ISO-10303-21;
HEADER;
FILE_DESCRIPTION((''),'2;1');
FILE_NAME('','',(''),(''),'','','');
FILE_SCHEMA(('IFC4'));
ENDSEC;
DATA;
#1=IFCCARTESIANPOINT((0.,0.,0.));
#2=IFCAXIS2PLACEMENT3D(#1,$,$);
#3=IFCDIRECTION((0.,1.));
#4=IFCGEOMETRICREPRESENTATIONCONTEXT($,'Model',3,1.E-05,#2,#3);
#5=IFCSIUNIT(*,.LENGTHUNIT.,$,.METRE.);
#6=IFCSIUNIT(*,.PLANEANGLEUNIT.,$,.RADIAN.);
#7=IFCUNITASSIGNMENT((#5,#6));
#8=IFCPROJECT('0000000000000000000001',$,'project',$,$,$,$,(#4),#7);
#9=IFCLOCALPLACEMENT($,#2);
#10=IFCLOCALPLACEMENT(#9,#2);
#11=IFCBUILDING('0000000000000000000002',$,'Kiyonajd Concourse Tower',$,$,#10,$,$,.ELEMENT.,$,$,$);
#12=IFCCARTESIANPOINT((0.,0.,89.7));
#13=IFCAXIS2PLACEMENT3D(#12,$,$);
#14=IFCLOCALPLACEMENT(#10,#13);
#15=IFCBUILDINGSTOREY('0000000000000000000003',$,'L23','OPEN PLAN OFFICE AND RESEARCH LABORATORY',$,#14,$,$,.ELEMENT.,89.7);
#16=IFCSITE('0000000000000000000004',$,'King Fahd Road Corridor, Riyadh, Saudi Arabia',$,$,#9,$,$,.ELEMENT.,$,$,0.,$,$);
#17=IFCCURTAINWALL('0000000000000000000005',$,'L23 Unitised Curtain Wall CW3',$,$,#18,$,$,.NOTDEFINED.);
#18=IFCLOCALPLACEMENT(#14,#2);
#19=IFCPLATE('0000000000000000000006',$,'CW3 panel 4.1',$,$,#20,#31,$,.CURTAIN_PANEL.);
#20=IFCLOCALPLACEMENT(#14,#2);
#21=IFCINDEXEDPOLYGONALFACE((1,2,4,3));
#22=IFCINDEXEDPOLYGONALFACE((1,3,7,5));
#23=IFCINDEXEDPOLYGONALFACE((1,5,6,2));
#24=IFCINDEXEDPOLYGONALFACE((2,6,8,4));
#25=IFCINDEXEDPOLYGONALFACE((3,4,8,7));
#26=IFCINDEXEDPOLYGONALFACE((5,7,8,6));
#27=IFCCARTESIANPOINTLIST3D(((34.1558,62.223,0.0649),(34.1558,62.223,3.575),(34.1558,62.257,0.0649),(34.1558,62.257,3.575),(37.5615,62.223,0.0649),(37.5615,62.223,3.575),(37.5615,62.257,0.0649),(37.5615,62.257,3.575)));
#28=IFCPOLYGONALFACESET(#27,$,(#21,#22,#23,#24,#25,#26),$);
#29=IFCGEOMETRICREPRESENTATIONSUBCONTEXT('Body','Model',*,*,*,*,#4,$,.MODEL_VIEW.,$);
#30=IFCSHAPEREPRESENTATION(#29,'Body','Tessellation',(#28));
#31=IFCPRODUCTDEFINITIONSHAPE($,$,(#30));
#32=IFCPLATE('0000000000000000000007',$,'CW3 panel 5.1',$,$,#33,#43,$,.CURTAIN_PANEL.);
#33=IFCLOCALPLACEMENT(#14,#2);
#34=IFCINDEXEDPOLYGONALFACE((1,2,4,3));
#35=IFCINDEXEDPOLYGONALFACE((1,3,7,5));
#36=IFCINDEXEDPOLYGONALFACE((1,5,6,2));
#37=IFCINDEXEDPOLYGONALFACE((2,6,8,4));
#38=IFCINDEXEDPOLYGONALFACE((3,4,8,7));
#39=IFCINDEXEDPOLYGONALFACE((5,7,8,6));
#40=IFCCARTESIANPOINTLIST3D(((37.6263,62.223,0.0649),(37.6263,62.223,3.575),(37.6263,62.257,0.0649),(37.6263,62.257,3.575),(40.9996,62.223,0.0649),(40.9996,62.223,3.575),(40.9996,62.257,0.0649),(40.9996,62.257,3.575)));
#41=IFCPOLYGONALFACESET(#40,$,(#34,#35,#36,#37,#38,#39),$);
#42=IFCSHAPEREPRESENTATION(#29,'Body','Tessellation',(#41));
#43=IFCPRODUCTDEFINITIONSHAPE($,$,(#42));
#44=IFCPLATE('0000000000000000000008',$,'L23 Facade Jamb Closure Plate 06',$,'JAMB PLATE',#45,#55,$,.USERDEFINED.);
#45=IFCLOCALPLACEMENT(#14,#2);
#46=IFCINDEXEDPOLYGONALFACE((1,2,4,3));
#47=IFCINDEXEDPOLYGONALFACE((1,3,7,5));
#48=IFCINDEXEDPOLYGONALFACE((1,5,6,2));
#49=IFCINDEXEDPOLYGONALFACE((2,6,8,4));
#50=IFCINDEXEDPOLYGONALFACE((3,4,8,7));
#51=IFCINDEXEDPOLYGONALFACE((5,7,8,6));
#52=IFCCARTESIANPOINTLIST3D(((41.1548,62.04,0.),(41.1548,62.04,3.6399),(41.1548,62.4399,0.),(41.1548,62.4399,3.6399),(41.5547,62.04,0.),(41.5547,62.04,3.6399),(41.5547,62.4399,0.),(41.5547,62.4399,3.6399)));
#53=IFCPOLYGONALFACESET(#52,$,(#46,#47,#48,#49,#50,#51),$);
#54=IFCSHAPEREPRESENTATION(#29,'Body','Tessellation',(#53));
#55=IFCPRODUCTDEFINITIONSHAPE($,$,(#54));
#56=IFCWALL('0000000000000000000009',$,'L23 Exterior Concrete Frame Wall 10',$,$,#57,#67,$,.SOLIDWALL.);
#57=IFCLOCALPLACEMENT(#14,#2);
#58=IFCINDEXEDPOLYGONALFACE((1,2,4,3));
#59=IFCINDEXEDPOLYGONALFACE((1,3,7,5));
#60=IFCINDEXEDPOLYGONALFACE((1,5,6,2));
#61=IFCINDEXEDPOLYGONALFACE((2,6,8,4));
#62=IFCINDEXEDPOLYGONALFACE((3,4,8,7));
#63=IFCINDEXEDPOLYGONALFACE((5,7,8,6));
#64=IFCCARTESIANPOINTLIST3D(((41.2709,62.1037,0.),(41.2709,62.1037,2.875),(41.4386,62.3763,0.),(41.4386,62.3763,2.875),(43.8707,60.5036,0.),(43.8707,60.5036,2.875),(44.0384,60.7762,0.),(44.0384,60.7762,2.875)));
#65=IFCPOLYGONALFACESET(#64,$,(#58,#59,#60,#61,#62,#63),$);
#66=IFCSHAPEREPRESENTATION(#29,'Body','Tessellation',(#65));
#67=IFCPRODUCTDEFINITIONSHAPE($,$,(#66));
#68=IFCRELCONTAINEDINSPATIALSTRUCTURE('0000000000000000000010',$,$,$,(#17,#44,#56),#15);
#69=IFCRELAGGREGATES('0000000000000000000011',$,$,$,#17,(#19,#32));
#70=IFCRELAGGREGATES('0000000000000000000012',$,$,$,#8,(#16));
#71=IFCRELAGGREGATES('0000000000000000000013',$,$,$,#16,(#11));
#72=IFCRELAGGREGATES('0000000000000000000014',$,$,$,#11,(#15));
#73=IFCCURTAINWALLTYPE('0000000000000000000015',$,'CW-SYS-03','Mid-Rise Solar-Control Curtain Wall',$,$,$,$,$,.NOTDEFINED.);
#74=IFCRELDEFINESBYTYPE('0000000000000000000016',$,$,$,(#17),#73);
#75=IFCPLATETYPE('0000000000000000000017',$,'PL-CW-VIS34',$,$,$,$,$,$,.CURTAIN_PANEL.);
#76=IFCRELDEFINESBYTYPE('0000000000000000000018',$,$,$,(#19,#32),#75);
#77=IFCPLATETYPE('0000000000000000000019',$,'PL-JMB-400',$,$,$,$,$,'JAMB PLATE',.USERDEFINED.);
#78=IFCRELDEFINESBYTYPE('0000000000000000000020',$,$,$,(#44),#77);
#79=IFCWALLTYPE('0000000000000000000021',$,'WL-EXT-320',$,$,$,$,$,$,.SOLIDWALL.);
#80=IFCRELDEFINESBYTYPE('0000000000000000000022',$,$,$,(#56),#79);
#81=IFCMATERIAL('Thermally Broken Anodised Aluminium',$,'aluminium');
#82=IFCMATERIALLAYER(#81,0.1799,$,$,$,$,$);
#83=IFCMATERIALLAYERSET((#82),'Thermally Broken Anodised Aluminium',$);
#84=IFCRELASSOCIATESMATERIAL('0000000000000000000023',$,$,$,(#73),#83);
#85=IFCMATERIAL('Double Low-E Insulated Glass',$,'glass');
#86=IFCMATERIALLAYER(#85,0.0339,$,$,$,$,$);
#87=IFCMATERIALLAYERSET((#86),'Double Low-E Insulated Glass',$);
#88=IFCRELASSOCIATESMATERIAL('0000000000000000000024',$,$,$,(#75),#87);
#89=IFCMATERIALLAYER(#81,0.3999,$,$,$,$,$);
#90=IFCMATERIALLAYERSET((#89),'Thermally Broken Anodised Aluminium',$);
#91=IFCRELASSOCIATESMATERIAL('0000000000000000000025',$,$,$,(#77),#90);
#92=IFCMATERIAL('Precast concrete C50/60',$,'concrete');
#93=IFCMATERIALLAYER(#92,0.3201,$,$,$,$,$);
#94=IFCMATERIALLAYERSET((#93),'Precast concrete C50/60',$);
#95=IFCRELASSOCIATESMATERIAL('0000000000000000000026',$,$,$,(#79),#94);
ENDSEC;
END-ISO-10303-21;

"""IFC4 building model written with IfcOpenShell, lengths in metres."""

from ifc_helpers import new_model, si_unit, direction, frame, frame_2d, origin, origin_2d, place, context, subcontext, project, spatial, rectangle, extrude, material, layer, layer_set, type_object, element, aggregate, save


model = new_model("IFC4")

# Units and contexts
model_context = context("Model", 3, precision=1e-05, world=origin(), true_north=direction((0.0, 1.0)))
body_context = subcontext(model_context, "Body", "Model", "MODEL_VIEW")
ifc_project = project(units=[si_unit("LENGTHUNIT", "METRE"), si_unit("PLANEANGLEUNIT", "RADIAN")], contexts=[model_context])

# Site, building, storey
site_placement = place(None, origin())
site = spatial("IfcSite", under=ifc_project, at=site_placement, Name="King Fahd Road Corridor, Riyadh, Saudi Arabia", CompositionType="ELEMENT", RefElevation=0.0)
building_placement = place(site_placement, origin())
building = spatial("IfcBuilding", under=site, at=building_placement, Name="Kiyonajd Concourse Tower", CompositionType="ELEMENT")
storey_placement = place(building_placement, frame((0.0, 0.0, 89.7)))
storey = spatial("IfcBuildingStorey", under=building, at=storey_placement, Name="L23", Description="OPEN PLAN OFFICE AND RESEARCH LABORATORY", CompositionType="ELEMENT", Elevation=89.7)

# Shared definitions
ifc_material_1 = material(Name="Precast concrete C50/60", Category="concrete")

# Curtain wall, plates
ifc_material_2 = material(Name="Thermally Broken Anodised Aluminium", Category="aluminium")
ifc_layer_1 = layer(ifc_material_2, 0.1799)
ifc_layer_set_1 = layer_set([ifc_layer_1], Name="Thermally Broken Anodised Aluminium")
curtain_wall_type = type_object("IfcCurtainWallType", Name="CW-SYS-03", Description="Mid-Rise Solar-Control Curtain Wall", PredefinedType="NOTDEFINED", material=ifc_layer_set_1)
curtain_wall_placement = place(storey_placement, origin())
curtain_wall = element("IfcCurtainWall", 1, at=curtain_wall_placement, inside=storey, type_object=curtain_wall_type, Name="L23 Unitised Curtain Wall CW3", PredefinedType="NOTDEFINED")
ifc_material_3 = material(Name="Double Low-E Insulated Glass", Category="glass")
ifc_layer_2 = layer(ifc_material_3, 0.0339)
ifc_layer_set_2 = layer_set([ifc_layer_2], Name="Double Low-E Insulated Glass")
plate_type_1 = type_object("IfcPlateType", Name="PL-CW-VIS34", PredefinedType="CURTAIN_PANEL", material=ifc_layer_set_2)
plate_1_placement = place(storey_placement, frame((35.8586, 62.24, 0.0649), z_axis=(0.0, 0.0, 1.0), x_axis=(1.0, 0.0, 0.0)))
plate_1 = element("IfcPlate", 2, at=plate_1_placement, type_object=plate_type_1, Name="CW3 panel 4.1", PredefinedType="CURTAIN_PANEL", context=body_context, shape_type="SweptSolid", body=[
    extrude(rectangle(XDim=3.4058, YDim=0.0339, at=origin_2d()), origin(), (0.0, 0.0, 1.0), 3.51),
])
plate_2_placement = place(storey_placement, frame((39.313, 62.24, 0.0649), z_axis=(0.0, 0.0, 1.0), x_axis=(1.0, 0.0, 0.0)))
plate_2 = element("IfcPlate", 3, at=plate_2_placement, type_object=plate_type_1, Name="CW3 panel 5.1", PredefinedType="CURTAIN_PANEL", context=body_context, shape_type="SweptSolid", body=[
    extrude(rectangle(XDim=3.3733, YDim=0.0339, at=origin_2d()), origin(), (0.0, 0.0, 1.0), 3.51),
])
aggregate(curtain_wall, [plate_1, plate_2])

# Plate
ifc_layer_3 = layer(ifc_material_2, 0.3999)
ifc_layer_set_3 = layer_set([ifc_layer_3], Name="Thermally Broken Anodised Aluminium")
plate_type_2 = type_object("IfcPlateType", Name="PL-JMB-400", ElementType="JAMB PLATE", PredefinedType="USERDEFINED", material=ifc_layer_set_3)
plate_3_placement = place(storey_placement, frame((41.3547, 62.24, 0.0), z_axis=(0.0, 0.0, 1.0), x_axis=(1.0, 0.0, 0.0)))
element("IfcPlate", 4, at=plate_3_placement, inside=storey, type_object=plate_type_2, Name="L23 Facade Jamb Closure Plate 06", ObjectType="JAMB PLATE", PredefinedType="USERDEFINED", context=body_context, shape_type="SweptSolid", body=[
    extrude(rectangle(XDim=0.3999, YDim=0.3999, at=origin_2d()), origin(), (0.0, 0.0, 1.0), 3.6399),
])

# Wall
ifc_layer_4 = layer(ifc_material_1, 0.3201)
ifc_layer_set_4 = layer_set([ifc_layer_4], Name="Precast concrete C50/60")
wall_type = type_object("IfcWallType", Name="WL-EXT-320", PredefinedType="SOLIDWALL", material=ifc_layer_set_4)
wall_placement = place(storey_placement, frame((41.3547, 62.24, 0.0), z_axis=(0.0, 0.0, 1.0), x_axis=(0.851631, -0.524142, 0.0)))
element("IfcWall", 5, at=wall_placement, inside=storey, type_object=wall_type, Name="L23 Exterior Concrete Frame Wall 10", PredefinedType="SOLIDWALL", context=body_context, shape_type="SweptSolid", body=[
    extrude(rectangle(XDim=3.0527, YDim=0.3201, at=frame_2d((1.5264, 0.0))), origin(), (0.0, 0.0, 1.0), 2.875),
])

save(model, "model.ifc")
